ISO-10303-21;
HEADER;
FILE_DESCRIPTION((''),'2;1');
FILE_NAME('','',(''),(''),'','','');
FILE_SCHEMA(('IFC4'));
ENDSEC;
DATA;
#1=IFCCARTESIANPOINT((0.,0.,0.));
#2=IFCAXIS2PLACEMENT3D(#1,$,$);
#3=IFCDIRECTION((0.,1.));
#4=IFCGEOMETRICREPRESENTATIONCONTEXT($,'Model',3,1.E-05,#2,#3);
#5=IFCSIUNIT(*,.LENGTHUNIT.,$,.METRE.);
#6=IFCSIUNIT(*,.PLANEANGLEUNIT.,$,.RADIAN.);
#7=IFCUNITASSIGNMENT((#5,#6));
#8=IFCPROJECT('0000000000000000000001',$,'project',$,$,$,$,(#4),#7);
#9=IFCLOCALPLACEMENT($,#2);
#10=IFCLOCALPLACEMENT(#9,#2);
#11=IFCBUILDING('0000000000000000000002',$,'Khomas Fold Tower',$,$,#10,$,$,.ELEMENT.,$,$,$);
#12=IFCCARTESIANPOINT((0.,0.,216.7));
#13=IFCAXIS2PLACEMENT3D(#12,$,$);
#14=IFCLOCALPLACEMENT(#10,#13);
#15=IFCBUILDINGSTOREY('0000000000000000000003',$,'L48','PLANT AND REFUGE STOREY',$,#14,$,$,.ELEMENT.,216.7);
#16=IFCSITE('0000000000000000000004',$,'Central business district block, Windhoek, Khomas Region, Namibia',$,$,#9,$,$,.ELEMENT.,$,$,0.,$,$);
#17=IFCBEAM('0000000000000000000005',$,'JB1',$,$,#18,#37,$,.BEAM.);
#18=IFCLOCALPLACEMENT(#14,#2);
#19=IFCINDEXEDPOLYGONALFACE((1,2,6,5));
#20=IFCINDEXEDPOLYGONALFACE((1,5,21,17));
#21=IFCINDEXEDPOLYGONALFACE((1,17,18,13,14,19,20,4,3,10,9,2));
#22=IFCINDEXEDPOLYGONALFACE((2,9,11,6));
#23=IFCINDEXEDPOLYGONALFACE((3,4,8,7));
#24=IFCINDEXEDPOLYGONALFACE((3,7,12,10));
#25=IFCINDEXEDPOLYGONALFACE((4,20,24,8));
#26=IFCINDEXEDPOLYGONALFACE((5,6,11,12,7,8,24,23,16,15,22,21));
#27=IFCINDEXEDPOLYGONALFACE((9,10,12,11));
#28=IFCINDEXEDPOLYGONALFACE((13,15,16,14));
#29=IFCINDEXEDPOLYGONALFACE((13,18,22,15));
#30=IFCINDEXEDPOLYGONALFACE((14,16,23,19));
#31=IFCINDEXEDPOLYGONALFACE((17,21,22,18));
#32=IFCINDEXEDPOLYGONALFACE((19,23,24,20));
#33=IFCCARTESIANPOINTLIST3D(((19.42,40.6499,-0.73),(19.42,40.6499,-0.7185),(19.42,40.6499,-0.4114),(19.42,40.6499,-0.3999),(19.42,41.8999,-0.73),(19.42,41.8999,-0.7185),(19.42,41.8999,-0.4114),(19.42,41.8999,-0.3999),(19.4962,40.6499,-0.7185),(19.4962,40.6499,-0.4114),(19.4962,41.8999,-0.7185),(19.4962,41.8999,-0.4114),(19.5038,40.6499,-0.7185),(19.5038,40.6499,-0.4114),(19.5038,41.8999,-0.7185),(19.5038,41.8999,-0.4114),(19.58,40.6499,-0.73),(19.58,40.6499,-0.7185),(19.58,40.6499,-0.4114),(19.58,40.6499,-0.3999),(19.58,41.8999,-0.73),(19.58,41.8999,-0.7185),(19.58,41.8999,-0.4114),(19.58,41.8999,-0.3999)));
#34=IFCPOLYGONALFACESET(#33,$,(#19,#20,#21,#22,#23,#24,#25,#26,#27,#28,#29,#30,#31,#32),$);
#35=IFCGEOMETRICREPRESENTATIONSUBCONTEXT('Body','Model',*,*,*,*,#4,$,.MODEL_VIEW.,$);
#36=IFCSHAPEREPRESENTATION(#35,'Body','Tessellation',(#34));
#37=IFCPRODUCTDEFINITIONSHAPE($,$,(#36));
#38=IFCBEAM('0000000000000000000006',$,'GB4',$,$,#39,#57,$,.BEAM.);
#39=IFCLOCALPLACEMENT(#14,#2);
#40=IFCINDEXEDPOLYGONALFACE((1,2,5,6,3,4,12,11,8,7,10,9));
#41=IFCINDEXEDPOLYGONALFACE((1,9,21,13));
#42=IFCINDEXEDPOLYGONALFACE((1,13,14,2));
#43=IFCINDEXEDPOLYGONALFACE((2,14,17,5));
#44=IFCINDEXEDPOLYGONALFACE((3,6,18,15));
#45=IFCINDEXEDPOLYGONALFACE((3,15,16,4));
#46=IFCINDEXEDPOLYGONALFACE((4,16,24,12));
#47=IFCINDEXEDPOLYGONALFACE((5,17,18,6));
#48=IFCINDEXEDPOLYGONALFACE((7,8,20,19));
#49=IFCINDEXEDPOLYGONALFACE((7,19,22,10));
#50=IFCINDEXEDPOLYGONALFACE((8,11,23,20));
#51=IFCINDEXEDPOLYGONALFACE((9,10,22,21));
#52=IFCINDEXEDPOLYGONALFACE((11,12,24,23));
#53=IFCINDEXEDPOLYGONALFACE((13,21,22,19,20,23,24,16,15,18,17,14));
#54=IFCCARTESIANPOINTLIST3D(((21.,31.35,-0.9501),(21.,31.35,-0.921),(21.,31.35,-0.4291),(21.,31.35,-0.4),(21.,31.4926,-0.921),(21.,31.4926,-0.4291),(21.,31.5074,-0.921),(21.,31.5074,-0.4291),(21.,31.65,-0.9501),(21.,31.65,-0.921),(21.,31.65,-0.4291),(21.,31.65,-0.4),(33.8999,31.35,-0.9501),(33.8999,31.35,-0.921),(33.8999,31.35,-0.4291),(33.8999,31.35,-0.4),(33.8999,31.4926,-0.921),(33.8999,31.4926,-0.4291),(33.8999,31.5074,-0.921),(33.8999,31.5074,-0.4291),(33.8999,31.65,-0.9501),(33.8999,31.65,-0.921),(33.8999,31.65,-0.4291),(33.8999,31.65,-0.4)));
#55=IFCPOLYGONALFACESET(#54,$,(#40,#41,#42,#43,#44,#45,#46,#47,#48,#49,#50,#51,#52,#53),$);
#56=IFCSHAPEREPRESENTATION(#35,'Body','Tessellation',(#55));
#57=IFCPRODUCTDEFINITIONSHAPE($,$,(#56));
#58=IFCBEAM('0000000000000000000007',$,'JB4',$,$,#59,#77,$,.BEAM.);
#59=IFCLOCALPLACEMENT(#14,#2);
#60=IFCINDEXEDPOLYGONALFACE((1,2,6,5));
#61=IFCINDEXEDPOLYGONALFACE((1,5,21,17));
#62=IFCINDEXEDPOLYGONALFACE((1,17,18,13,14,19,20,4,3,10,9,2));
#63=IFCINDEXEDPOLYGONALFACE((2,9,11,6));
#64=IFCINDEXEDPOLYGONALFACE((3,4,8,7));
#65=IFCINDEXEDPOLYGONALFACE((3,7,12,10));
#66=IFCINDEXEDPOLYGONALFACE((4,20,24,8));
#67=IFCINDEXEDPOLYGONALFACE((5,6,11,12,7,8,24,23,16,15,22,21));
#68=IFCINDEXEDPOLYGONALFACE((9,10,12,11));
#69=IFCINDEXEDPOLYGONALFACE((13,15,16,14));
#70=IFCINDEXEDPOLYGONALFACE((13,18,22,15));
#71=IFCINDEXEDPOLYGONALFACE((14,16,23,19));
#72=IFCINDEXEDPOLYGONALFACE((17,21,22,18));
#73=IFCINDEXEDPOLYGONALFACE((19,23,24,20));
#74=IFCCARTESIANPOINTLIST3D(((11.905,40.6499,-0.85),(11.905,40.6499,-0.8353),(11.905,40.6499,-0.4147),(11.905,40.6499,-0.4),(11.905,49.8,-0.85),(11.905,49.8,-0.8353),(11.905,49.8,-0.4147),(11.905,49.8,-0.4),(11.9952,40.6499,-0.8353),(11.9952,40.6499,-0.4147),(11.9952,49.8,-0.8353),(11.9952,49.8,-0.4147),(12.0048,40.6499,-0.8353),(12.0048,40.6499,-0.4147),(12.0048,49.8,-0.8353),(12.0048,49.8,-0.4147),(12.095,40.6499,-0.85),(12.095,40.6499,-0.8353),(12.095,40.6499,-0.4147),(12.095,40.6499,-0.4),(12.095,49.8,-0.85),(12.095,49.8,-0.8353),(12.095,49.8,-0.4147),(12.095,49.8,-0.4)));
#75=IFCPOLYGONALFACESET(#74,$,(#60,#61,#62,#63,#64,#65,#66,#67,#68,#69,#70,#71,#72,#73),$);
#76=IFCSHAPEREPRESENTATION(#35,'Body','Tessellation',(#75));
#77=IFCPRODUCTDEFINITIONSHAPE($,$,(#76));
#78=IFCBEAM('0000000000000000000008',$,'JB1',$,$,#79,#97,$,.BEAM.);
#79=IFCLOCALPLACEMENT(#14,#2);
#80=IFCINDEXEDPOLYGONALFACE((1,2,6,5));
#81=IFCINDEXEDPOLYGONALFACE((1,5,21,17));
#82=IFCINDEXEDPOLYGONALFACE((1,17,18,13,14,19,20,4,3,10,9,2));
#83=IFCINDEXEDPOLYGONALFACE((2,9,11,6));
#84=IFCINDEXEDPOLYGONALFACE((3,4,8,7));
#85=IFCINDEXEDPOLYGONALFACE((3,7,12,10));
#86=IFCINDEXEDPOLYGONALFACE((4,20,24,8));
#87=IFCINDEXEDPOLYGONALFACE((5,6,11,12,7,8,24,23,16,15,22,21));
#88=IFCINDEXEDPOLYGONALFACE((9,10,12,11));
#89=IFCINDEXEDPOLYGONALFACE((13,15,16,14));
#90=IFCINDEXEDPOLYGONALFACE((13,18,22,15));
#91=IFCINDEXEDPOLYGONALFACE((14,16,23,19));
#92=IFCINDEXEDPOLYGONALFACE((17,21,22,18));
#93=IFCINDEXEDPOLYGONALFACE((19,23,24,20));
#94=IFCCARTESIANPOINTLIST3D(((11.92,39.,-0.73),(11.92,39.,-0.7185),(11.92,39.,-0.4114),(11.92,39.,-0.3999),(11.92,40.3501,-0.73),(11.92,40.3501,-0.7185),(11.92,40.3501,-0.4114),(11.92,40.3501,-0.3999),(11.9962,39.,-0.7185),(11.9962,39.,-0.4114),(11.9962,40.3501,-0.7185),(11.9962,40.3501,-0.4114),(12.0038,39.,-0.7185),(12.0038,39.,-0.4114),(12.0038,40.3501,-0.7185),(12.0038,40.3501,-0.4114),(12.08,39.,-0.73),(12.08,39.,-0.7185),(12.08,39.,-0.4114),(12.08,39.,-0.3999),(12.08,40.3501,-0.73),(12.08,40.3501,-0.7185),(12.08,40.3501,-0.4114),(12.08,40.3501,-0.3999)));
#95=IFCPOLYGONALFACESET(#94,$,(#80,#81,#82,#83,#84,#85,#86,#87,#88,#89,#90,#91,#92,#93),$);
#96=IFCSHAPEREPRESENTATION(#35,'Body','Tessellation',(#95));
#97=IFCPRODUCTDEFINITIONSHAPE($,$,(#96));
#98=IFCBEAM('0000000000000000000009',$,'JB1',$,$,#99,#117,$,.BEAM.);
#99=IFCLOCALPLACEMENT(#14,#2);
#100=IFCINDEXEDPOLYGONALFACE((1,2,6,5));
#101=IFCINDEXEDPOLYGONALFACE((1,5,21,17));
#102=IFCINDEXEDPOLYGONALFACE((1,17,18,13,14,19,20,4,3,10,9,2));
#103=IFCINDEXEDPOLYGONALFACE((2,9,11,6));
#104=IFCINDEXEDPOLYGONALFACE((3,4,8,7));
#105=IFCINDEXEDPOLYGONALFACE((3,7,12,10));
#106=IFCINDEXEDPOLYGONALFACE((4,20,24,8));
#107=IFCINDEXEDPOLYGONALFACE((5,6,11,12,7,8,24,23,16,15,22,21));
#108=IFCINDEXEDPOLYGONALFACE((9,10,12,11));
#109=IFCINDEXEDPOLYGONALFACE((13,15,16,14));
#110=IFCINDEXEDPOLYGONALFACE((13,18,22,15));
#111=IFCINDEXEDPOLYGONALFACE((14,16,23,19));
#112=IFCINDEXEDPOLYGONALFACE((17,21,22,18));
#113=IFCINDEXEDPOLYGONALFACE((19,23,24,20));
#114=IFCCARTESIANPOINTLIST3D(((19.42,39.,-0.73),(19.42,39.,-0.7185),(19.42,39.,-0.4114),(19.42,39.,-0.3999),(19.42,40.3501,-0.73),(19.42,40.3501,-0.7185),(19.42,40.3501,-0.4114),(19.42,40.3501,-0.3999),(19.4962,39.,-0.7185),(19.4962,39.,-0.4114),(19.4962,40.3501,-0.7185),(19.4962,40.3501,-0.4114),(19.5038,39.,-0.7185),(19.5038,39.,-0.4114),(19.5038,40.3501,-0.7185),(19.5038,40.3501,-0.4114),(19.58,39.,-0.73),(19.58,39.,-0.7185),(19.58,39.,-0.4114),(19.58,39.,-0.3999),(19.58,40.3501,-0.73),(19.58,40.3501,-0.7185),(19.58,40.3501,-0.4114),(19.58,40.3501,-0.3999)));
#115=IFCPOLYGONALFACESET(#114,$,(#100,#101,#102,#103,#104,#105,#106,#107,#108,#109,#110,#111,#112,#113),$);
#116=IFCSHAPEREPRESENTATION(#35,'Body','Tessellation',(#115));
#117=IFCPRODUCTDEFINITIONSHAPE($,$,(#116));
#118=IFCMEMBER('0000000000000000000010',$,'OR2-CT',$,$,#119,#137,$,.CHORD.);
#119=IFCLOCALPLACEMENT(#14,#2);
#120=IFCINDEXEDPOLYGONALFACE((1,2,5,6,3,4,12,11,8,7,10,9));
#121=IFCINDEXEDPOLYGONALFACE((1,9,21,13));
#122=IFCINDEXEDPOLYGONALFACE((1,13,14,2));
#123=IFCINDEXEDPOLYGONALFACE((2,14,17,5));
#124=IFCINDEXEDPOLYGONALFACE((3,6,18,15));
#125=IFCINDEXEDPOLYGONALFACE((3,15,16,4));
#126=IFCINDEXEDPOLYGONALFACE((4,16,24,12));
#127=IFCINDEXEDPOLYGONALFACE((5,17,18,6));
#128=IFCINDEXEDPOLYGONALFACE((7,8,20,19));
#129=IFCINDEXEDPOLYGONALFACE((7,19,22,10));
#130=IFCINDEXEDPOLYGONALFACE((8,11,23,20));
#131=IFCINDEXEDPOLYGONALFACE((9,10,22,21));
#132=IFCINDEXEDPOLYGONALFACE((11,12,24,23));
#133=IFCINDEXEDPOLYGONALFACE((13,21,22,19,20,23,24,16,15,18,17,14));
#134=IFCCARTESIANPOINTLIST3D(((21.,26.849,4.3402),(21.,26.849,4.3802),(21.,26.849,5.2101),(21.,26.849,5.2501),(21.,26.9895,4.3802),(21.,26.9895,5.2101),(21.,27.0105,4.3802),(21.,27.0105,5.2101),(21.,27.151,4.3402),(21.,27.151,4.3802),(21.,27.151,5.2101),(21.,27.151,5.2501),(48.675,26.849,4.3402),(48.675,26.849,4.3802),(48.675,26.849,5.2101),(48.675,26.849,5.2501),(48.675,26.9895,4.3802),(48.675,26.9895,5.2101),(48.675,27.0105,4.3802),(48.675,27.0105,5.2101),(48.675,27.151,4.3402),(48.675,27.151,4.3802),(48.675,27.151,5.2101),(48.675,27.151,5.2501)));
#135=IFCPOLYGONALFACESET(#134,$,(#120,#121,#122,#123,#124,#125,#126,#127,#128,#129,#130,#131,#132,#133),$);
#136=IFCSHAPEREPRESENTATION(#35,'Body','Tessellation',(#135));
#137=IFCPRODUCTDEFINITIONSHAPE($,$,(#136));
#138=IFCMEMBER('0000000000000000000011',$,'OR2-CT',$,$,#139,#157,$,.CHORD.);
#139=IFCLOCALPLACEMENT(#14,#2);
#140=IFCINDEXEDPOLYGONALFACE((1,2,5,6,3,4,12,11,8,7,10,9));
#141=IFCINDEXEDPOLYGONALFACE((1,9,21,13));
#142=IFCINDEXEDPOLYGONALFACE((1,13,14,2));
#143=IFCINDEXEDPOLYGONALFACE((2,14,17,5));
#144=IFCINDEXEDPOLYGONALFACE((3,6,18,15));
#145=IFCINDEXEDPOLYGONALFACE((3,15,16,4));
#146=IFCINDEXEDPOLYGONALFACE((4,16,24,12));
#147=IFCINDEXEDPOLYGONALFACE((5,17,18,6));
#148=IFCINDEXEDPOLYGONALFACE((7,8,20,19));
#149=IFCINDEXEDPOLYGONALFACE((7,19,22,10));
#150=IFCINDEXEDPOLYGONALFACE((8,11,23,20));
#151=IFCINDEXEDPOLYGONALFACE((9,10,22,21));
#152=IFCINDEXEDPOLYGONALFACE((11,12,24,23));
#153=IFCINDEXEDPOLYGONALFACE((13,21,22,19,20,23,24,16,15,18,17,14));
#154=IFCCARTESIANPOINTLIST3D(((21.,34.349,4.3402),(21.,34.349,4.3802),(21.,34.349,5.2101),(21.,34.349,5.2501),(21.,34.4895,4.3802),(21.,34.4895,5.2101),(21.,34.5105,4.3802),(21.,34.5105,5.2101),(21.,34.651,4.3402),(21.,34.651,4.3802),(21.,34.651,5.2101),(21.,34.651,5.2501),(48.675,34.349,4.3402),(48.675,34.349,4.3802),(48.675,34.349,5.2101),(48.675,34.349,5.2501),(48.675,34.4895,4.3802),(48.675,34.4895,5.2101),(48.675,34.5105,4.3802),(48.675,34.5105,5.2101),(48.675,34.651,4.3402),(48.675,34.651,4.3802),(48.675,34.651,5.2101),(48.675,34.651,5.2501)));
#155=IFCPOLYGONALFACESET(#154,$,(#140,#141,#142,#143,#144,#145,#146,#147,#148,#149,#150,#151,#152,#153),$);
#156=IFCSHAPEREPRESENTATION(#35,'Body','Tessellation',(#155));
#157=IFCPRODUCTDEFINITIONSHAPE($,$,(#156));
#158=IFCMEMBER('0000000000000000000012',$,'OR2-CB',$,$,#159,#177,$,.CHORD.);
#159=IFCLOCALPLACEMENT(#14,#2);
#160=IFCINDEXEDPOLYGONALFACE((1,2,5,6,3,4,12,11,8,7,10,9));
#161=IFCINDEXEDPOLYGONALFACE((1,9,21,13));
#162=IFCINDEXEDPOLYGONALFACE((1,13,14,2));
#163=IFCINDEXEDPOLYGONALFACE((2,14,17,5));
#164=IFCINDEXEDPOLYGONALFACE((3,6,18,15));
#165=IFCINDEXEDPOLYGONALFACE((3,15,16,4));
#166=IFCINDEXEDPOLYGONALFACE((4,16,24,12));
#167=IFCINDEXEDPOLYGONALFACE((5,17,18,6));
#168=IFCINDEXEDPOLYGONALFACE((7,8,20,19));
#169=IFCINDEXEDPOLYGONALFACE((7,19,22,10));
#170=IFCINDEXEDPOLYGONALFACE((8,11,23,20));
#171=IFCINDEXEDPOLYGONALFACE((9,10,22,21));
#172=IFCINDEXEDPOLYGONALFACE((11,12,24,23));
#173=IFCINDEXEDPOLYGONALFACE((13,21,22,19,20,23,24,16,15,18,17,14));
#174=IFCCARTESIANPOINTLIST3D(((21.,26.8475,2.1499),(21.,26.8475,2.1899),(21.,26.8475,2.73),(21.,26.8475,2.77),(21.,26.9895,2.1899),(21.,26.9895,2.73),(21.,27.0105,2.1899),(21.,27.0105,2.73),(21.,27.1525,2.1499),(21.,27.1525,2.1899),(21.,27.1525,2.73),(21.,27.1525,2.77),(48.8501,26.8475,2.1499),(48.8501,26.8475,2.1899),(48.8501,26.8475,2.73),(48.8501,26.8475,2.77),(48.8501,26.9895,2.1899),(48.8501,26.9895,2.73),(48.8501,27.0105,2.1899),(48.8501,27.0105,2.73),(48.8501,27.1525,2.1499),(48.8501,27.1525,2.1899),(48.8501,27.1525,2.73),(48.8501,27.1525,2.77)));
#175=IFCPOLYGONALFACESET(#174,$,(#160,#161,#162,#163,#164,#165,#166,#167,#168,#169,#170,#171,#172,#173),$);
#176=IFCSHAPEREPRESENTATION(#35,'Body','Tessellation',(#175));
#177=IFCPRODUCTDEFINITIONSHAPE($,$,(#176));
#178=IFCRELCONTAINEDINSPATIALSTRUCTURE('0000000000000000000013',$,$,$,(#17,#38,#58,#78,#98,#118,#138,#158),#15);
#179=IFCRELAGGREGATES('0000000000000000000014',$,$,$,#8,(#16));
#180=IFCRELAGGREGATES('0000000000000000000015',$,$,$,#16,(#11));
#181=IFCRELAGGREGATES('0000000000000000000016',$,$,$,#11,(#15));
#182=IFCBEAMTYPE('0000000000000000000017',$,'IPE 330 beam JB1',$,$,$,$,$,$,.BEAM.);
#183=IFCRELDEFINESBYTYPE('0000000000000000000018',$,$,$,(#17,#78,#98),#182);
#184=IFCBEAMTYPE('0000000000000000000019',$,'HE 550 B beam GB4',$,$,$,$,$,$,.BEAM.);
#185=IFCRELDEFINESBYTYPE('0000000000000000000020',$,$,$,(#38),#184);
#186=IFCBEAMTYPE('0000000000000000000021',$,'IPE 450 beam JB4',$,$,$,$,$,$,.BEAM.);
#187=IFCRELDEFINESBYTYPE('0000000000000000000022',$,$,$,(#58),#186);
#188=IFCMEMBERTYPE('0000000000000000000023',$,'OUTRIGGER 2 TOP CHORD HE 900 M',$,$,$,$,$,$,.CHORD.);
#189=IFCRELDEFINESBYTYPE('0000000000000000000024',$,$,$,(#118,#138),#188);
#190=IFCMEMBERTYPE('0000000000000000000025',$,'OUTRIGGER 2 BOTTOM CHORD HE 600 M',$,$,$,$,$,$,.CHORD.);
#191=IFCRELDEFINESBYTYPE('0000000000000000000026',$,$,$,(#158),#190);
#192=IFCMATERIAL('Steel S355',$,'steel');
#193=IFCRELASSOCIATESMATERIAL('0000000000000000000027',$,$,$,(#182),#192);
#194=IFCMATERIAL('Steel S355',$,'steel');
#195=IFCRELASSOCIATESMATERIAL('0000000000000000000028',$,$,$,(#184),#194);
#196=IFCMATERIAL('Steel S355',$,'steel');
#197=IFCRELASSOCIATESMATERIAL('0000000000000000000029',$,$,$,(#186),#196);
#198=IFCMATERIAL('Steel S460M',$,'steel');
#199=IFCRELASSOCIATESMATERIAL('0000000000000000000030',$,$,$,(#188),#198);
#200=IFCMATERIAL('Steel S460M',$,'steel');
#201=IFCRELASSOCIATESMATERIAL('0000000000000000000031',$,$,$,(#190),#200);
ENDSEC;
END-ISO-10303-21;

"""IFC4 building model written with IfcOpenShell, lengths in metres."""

from ifc_helpers import new_model, si_unit, direction, frame, origin, origin_2d, place, context, subcontext, project, spatial, i_section, extrude, source, transform, mapped, material, material_profile, profile_set, type_object, element, save


model = new_model("IFC4")

# Units and contexts
model_context = context("Model", 3, precision=1e-05, world=origin(), true_north=direction((0.0, 1.0)))
body_context = subcontext(model_context, "Body", "Model", "MODEL_VIEW")
ifc_project = project(units=[si_unit("LENGTHUNIT", "METRE"), si_unit("PLANEANGLEUNIT", "RADIAN")], contexts=[model_context])

# Site, building, storey
site_placement = place(None, origin())
site = spatial("IfcSite", under=ifc_project, at=site_placement, Name="Central business district block, Windhoek, Khomas Region, Namibia", CompositionType="ELEMENT", RefElevation=0.0)
building_placement = place(site_placement, origin())
building = spatial("IfcBuilding", under=site, at=building_placement, Name="Khomas Fold Tower", CompositionType="ELEMENT")
storey_placement = place(building_placement, frame((0.0, 0.0, 216.7)))
storey = spatial("IfcBuildingStorey", under=building, at=storey_placement, Name="L48", Description="PLANT AND REFUGE STOREY", CompositionType="ELEMENT", Elevation=216.7)

# Beams
ifc_material_1 = material(Name="Steel S355", Category="steel")
ifc_material_profile_1 = material_profile(ifc_material_1, i_section(OverallWidth=0.1599, OverallDepth=0.3301, WebThickness=0.0076, FlangeThickness=0.0115, at=origin_2d()), Name="IPE 330")
ifc_profile_set_1 = profile_set([ifc_material_profile_1], Name="Steel S355")
beam_type_1 = type_object("IfcBeamType", Name="IPE 330 beam JB1", PredefinedType="BEAM", material=ifc_profile_set_1)
shared_shape_1 = source(origin(), body_context, "Body", "SweptSolid", [
    extrude(i_section(OverallWidth=0.1599, OverallDepth=0.3301, WebThickness=0.0076, FlangeThickness=0.0115, at=origin_2d()), origin(), (0.0, 0.0, 1.0), 1.25),
])
beam_1_placement = place(storey_placement, frame((19.5, 40.6499, -0.5649), z_axis=(0.0, 1.0, 0.0), x_axis=(-1.0, 0.0, 0.0)))
element("IfcBeam", 1, at=beam_1_placement, inside=storey, type_object=beam_type_1, Name="JB1", PredefinedType="BEAM", context=body_context, shape_type="MappedRepresentation", body=[
    mapped(shared_shape_1, transform((0.0, 0.0, 0.0))),
])
ifc_material_2 = material(Name="Steel S355", Category="steel")
ifc_material_profile_2 = material_profile(ifc_material_2, i_section(OverallWidth=0.3, OverallDepth=0.55, WebThickness=0.0149, FlangeThickness=0.0291, at=origin_2d()), Name="HE 550 B")
ifc_profile_set_2 = profile_set([ifc_material_profile_2], Name="Steel S355")
beam_type_2 = type_object("IfcBeamType", Name="HE 550 B beam GB4", PredefinedType="BEAM", material=ifc_profile_set_2)
shared_shape_2 = source(origin(), body_context, "Body", "SweptSolid", [
    extrude(i_section(OverallWidth=0.3, OverallDepth=0.55, WebThickness=0.0149, FlangeThickness=0.0291, at=origin_2d()), origin(), (0.0, 0.0, 1.0), 12.8999),
])
beam_2_placement = place(storey_placement, frame((21.0, 31.5, -0.675), z_axis=(1.0, 0.0, 0.0), x_axis=(0.0, 1.0, 0.0)))
element("IfcBeam", 2, at=beam_2_placement, inside=storey, type_object=beam_type_2, Name="GB4", PredefinedType="BEAM", context=body_context, shape_type="MappedRepresentation", body=[
    mapped(shared_shape_2, transform((0.0, 0.0, 0.0))),
])
ifc_material_3 = material(Name="Steel S355", Category="steel")
ifc_material_profile_3 = material_profile(ifc_material_3, i_section(OverallWidth=0.1899, OverallDepth=0.45, WebThickness=0.0095, FlangeThickness=0.0146, at=origin_2d()), Name="IPE 450")
ifc_profile_set_3 = profile_set([ifc_material_profile_3], Name="Steel S355")
beam_type_3 = type_object("IfcBeamType", Name="IPE 450 beam JB4", PredefinedType="BEAM", material=ifc_profile_set_3)
shared_shape_3 = source(origin(), body_context, "Body", "SweptSolid", [
    extrude(i_section(OverallWidth=0.1899, OverallDepth=0.45, WebThickness=0.0095, FlangeThickness=0.0146, at=origin_2d()), origin(), (0.0, 0.0, 1.0), 9.1501),
])
beam_3_placement = place(storey_placement, frame((12.0, 40.6499, -0.625), z_axis=(0.0, 1.0, 0.0), x_axis=(-1.0, 0.0, 0.0)))
element("IfcBeam", 3, at=beam_3_placement, inside=storey, type_object=beam_type_3, Name="JB4", PredefinedType="BEAM", context=body_context, shape_type="MappedRepresentation", body=[
    mapped(shared_shape_3, transform((0.0, 0.0, 0.0))),
])
shared_shape_4 = source(origin(), body_context, "Body", "SweptSolid", [
    extrude(i_section(OverallWidth=0.1599, OverallDepth=0.3301, WebThickness=0.0076, FlangeThickness=0.0115, at=origin_2d()), origin(), (0.0, 0.0, 1.0), 1.3501),
])
for number, where, z_axis, x_axis, name in (
    (4, (12.0, 39.0, -0.5649), (0.0, 1.0, 0.0), (-1.0, 0.0, 0.0), "JB1"),
    (5, (19.5, 39.0, -0.5649), (0.0, 1.0, 0.0), (-1.0, 0.0, 0.0), "JB1"),
):
    element("IfcBeam", number, at=place(storey_placement, frame(where, z_axis=z_axis, x_axis=x_axis)), inside=storey, type_object=beam_type_1, Name=name, PredefinedType="BEAM", context=body_context, shape_type="MappedRepresentation", body=[
        mapped(shared_shape_4, transform((0.0, 0.0, 0.0))),
    ])

# Members
ifc_material_4 = material(Name="Steel S460M", Category="steel")
ifc_material_profile_4 = material_profile(ifc_material_4, i_section(OverallWidth=0.302, OverallDepth=0.9099, WebThickness=0.021, FlangeThickness=0.04, at=origin_2d()), Name="HE 900 M")
ifc_profile_set_4 = profile_set([ifc_material_profile_4], Name="Steel S460M")
member_type_1 = type_object("IfcMemberType", Name="OUTRIGGER 2 TOP CHORD HE 900 M", PredefinedType="CHORD", material=ifc_profile_set_4)
shared_shape_5 = source(origin(), body_context, "Body", "SweptSolid", [
    extrude(i_section(OverallWidth=0.302, OverallDepth=0.9099, WebThickness=0.021, FlangeThickness=0.04, at=origin_2d()), origin(), (0.0, 0.0, 1.0), 27.675),
])
for number, where, z_axis, x_axis, name in (
    (6, (21.0, 27.0, 4.7952), (1.0, 0.0, 0.0), (0.0, 1.0, 0.0), "OR2-CT"),
    (7, (21.0, 34.5, 4.7952), (1.0, 0.0, 0.0), (0.0, 1.0, 0.0), "OR2-CT"),
):
    element("IfcMember", number, at=place(storey_placement, frame(where, z_axis=z_axis, x_axis=x_axis)), inside=storey, type_object=member_type_1, Name=name, PredefinedType="CHORD", context=body_context, shape_type="MappedRepresentation", body=[
        mapped(shared_shape_5, transform((0.0, 0.0, 0.0))),
    ])
ifc_material_5 = material(Name="Steel S460M", Category="steel")
ifc_material_profile_5 = material_profile(ifc_material_5, i_section(OverallWidth=0.3049, OverallDepth=0.6201, WebThickness=0.021, FlangeThickness=0.04, at=origin_2d()), Name="HE 600 M")
ifc_profile_set_5 = profile_set([ifc_material_profile_5], Name="Steel S460M")
member_type_2 = type_object("IfcMemberType", Name="OUTRIGGER 2 BOTTOM CHORD HE 600 M", PredefinedType="CHORD", material=ifc_profile_set_5)
shared_shape_6 = source(origin(), body_context, "Body", "SweptSolid", [
    extrude(i_section(OverallWidth=0.3049, OverallDepth=0.6201, WebThickness=0.021, FlangeThickness=0.04, at=origin_2d()), origin(), (0.0, 0.0, 1.0), 27.8501),
])
for number, where, z_axis, x_axis, name in (
    (8, (21.0, 27.0, 2.46), (1.0, 0.0, 0.0), (0.0, 1.0, 0.0), "OR2-CB"),
):
    element("IfcMember", number, at=place(storey_placement, frame(where, z_axis=z_axis, x_axis=x_axis)), inside=storey, type_object=member_type_2, Name=name, PredefinedType="CHORD", context=body_context, shape_type="MappedRepresentation", body=[
        mapped(shared_shape_6, transform((0.0, 0.0, 0.0))),
    ])

save(model, "model.ifc")
